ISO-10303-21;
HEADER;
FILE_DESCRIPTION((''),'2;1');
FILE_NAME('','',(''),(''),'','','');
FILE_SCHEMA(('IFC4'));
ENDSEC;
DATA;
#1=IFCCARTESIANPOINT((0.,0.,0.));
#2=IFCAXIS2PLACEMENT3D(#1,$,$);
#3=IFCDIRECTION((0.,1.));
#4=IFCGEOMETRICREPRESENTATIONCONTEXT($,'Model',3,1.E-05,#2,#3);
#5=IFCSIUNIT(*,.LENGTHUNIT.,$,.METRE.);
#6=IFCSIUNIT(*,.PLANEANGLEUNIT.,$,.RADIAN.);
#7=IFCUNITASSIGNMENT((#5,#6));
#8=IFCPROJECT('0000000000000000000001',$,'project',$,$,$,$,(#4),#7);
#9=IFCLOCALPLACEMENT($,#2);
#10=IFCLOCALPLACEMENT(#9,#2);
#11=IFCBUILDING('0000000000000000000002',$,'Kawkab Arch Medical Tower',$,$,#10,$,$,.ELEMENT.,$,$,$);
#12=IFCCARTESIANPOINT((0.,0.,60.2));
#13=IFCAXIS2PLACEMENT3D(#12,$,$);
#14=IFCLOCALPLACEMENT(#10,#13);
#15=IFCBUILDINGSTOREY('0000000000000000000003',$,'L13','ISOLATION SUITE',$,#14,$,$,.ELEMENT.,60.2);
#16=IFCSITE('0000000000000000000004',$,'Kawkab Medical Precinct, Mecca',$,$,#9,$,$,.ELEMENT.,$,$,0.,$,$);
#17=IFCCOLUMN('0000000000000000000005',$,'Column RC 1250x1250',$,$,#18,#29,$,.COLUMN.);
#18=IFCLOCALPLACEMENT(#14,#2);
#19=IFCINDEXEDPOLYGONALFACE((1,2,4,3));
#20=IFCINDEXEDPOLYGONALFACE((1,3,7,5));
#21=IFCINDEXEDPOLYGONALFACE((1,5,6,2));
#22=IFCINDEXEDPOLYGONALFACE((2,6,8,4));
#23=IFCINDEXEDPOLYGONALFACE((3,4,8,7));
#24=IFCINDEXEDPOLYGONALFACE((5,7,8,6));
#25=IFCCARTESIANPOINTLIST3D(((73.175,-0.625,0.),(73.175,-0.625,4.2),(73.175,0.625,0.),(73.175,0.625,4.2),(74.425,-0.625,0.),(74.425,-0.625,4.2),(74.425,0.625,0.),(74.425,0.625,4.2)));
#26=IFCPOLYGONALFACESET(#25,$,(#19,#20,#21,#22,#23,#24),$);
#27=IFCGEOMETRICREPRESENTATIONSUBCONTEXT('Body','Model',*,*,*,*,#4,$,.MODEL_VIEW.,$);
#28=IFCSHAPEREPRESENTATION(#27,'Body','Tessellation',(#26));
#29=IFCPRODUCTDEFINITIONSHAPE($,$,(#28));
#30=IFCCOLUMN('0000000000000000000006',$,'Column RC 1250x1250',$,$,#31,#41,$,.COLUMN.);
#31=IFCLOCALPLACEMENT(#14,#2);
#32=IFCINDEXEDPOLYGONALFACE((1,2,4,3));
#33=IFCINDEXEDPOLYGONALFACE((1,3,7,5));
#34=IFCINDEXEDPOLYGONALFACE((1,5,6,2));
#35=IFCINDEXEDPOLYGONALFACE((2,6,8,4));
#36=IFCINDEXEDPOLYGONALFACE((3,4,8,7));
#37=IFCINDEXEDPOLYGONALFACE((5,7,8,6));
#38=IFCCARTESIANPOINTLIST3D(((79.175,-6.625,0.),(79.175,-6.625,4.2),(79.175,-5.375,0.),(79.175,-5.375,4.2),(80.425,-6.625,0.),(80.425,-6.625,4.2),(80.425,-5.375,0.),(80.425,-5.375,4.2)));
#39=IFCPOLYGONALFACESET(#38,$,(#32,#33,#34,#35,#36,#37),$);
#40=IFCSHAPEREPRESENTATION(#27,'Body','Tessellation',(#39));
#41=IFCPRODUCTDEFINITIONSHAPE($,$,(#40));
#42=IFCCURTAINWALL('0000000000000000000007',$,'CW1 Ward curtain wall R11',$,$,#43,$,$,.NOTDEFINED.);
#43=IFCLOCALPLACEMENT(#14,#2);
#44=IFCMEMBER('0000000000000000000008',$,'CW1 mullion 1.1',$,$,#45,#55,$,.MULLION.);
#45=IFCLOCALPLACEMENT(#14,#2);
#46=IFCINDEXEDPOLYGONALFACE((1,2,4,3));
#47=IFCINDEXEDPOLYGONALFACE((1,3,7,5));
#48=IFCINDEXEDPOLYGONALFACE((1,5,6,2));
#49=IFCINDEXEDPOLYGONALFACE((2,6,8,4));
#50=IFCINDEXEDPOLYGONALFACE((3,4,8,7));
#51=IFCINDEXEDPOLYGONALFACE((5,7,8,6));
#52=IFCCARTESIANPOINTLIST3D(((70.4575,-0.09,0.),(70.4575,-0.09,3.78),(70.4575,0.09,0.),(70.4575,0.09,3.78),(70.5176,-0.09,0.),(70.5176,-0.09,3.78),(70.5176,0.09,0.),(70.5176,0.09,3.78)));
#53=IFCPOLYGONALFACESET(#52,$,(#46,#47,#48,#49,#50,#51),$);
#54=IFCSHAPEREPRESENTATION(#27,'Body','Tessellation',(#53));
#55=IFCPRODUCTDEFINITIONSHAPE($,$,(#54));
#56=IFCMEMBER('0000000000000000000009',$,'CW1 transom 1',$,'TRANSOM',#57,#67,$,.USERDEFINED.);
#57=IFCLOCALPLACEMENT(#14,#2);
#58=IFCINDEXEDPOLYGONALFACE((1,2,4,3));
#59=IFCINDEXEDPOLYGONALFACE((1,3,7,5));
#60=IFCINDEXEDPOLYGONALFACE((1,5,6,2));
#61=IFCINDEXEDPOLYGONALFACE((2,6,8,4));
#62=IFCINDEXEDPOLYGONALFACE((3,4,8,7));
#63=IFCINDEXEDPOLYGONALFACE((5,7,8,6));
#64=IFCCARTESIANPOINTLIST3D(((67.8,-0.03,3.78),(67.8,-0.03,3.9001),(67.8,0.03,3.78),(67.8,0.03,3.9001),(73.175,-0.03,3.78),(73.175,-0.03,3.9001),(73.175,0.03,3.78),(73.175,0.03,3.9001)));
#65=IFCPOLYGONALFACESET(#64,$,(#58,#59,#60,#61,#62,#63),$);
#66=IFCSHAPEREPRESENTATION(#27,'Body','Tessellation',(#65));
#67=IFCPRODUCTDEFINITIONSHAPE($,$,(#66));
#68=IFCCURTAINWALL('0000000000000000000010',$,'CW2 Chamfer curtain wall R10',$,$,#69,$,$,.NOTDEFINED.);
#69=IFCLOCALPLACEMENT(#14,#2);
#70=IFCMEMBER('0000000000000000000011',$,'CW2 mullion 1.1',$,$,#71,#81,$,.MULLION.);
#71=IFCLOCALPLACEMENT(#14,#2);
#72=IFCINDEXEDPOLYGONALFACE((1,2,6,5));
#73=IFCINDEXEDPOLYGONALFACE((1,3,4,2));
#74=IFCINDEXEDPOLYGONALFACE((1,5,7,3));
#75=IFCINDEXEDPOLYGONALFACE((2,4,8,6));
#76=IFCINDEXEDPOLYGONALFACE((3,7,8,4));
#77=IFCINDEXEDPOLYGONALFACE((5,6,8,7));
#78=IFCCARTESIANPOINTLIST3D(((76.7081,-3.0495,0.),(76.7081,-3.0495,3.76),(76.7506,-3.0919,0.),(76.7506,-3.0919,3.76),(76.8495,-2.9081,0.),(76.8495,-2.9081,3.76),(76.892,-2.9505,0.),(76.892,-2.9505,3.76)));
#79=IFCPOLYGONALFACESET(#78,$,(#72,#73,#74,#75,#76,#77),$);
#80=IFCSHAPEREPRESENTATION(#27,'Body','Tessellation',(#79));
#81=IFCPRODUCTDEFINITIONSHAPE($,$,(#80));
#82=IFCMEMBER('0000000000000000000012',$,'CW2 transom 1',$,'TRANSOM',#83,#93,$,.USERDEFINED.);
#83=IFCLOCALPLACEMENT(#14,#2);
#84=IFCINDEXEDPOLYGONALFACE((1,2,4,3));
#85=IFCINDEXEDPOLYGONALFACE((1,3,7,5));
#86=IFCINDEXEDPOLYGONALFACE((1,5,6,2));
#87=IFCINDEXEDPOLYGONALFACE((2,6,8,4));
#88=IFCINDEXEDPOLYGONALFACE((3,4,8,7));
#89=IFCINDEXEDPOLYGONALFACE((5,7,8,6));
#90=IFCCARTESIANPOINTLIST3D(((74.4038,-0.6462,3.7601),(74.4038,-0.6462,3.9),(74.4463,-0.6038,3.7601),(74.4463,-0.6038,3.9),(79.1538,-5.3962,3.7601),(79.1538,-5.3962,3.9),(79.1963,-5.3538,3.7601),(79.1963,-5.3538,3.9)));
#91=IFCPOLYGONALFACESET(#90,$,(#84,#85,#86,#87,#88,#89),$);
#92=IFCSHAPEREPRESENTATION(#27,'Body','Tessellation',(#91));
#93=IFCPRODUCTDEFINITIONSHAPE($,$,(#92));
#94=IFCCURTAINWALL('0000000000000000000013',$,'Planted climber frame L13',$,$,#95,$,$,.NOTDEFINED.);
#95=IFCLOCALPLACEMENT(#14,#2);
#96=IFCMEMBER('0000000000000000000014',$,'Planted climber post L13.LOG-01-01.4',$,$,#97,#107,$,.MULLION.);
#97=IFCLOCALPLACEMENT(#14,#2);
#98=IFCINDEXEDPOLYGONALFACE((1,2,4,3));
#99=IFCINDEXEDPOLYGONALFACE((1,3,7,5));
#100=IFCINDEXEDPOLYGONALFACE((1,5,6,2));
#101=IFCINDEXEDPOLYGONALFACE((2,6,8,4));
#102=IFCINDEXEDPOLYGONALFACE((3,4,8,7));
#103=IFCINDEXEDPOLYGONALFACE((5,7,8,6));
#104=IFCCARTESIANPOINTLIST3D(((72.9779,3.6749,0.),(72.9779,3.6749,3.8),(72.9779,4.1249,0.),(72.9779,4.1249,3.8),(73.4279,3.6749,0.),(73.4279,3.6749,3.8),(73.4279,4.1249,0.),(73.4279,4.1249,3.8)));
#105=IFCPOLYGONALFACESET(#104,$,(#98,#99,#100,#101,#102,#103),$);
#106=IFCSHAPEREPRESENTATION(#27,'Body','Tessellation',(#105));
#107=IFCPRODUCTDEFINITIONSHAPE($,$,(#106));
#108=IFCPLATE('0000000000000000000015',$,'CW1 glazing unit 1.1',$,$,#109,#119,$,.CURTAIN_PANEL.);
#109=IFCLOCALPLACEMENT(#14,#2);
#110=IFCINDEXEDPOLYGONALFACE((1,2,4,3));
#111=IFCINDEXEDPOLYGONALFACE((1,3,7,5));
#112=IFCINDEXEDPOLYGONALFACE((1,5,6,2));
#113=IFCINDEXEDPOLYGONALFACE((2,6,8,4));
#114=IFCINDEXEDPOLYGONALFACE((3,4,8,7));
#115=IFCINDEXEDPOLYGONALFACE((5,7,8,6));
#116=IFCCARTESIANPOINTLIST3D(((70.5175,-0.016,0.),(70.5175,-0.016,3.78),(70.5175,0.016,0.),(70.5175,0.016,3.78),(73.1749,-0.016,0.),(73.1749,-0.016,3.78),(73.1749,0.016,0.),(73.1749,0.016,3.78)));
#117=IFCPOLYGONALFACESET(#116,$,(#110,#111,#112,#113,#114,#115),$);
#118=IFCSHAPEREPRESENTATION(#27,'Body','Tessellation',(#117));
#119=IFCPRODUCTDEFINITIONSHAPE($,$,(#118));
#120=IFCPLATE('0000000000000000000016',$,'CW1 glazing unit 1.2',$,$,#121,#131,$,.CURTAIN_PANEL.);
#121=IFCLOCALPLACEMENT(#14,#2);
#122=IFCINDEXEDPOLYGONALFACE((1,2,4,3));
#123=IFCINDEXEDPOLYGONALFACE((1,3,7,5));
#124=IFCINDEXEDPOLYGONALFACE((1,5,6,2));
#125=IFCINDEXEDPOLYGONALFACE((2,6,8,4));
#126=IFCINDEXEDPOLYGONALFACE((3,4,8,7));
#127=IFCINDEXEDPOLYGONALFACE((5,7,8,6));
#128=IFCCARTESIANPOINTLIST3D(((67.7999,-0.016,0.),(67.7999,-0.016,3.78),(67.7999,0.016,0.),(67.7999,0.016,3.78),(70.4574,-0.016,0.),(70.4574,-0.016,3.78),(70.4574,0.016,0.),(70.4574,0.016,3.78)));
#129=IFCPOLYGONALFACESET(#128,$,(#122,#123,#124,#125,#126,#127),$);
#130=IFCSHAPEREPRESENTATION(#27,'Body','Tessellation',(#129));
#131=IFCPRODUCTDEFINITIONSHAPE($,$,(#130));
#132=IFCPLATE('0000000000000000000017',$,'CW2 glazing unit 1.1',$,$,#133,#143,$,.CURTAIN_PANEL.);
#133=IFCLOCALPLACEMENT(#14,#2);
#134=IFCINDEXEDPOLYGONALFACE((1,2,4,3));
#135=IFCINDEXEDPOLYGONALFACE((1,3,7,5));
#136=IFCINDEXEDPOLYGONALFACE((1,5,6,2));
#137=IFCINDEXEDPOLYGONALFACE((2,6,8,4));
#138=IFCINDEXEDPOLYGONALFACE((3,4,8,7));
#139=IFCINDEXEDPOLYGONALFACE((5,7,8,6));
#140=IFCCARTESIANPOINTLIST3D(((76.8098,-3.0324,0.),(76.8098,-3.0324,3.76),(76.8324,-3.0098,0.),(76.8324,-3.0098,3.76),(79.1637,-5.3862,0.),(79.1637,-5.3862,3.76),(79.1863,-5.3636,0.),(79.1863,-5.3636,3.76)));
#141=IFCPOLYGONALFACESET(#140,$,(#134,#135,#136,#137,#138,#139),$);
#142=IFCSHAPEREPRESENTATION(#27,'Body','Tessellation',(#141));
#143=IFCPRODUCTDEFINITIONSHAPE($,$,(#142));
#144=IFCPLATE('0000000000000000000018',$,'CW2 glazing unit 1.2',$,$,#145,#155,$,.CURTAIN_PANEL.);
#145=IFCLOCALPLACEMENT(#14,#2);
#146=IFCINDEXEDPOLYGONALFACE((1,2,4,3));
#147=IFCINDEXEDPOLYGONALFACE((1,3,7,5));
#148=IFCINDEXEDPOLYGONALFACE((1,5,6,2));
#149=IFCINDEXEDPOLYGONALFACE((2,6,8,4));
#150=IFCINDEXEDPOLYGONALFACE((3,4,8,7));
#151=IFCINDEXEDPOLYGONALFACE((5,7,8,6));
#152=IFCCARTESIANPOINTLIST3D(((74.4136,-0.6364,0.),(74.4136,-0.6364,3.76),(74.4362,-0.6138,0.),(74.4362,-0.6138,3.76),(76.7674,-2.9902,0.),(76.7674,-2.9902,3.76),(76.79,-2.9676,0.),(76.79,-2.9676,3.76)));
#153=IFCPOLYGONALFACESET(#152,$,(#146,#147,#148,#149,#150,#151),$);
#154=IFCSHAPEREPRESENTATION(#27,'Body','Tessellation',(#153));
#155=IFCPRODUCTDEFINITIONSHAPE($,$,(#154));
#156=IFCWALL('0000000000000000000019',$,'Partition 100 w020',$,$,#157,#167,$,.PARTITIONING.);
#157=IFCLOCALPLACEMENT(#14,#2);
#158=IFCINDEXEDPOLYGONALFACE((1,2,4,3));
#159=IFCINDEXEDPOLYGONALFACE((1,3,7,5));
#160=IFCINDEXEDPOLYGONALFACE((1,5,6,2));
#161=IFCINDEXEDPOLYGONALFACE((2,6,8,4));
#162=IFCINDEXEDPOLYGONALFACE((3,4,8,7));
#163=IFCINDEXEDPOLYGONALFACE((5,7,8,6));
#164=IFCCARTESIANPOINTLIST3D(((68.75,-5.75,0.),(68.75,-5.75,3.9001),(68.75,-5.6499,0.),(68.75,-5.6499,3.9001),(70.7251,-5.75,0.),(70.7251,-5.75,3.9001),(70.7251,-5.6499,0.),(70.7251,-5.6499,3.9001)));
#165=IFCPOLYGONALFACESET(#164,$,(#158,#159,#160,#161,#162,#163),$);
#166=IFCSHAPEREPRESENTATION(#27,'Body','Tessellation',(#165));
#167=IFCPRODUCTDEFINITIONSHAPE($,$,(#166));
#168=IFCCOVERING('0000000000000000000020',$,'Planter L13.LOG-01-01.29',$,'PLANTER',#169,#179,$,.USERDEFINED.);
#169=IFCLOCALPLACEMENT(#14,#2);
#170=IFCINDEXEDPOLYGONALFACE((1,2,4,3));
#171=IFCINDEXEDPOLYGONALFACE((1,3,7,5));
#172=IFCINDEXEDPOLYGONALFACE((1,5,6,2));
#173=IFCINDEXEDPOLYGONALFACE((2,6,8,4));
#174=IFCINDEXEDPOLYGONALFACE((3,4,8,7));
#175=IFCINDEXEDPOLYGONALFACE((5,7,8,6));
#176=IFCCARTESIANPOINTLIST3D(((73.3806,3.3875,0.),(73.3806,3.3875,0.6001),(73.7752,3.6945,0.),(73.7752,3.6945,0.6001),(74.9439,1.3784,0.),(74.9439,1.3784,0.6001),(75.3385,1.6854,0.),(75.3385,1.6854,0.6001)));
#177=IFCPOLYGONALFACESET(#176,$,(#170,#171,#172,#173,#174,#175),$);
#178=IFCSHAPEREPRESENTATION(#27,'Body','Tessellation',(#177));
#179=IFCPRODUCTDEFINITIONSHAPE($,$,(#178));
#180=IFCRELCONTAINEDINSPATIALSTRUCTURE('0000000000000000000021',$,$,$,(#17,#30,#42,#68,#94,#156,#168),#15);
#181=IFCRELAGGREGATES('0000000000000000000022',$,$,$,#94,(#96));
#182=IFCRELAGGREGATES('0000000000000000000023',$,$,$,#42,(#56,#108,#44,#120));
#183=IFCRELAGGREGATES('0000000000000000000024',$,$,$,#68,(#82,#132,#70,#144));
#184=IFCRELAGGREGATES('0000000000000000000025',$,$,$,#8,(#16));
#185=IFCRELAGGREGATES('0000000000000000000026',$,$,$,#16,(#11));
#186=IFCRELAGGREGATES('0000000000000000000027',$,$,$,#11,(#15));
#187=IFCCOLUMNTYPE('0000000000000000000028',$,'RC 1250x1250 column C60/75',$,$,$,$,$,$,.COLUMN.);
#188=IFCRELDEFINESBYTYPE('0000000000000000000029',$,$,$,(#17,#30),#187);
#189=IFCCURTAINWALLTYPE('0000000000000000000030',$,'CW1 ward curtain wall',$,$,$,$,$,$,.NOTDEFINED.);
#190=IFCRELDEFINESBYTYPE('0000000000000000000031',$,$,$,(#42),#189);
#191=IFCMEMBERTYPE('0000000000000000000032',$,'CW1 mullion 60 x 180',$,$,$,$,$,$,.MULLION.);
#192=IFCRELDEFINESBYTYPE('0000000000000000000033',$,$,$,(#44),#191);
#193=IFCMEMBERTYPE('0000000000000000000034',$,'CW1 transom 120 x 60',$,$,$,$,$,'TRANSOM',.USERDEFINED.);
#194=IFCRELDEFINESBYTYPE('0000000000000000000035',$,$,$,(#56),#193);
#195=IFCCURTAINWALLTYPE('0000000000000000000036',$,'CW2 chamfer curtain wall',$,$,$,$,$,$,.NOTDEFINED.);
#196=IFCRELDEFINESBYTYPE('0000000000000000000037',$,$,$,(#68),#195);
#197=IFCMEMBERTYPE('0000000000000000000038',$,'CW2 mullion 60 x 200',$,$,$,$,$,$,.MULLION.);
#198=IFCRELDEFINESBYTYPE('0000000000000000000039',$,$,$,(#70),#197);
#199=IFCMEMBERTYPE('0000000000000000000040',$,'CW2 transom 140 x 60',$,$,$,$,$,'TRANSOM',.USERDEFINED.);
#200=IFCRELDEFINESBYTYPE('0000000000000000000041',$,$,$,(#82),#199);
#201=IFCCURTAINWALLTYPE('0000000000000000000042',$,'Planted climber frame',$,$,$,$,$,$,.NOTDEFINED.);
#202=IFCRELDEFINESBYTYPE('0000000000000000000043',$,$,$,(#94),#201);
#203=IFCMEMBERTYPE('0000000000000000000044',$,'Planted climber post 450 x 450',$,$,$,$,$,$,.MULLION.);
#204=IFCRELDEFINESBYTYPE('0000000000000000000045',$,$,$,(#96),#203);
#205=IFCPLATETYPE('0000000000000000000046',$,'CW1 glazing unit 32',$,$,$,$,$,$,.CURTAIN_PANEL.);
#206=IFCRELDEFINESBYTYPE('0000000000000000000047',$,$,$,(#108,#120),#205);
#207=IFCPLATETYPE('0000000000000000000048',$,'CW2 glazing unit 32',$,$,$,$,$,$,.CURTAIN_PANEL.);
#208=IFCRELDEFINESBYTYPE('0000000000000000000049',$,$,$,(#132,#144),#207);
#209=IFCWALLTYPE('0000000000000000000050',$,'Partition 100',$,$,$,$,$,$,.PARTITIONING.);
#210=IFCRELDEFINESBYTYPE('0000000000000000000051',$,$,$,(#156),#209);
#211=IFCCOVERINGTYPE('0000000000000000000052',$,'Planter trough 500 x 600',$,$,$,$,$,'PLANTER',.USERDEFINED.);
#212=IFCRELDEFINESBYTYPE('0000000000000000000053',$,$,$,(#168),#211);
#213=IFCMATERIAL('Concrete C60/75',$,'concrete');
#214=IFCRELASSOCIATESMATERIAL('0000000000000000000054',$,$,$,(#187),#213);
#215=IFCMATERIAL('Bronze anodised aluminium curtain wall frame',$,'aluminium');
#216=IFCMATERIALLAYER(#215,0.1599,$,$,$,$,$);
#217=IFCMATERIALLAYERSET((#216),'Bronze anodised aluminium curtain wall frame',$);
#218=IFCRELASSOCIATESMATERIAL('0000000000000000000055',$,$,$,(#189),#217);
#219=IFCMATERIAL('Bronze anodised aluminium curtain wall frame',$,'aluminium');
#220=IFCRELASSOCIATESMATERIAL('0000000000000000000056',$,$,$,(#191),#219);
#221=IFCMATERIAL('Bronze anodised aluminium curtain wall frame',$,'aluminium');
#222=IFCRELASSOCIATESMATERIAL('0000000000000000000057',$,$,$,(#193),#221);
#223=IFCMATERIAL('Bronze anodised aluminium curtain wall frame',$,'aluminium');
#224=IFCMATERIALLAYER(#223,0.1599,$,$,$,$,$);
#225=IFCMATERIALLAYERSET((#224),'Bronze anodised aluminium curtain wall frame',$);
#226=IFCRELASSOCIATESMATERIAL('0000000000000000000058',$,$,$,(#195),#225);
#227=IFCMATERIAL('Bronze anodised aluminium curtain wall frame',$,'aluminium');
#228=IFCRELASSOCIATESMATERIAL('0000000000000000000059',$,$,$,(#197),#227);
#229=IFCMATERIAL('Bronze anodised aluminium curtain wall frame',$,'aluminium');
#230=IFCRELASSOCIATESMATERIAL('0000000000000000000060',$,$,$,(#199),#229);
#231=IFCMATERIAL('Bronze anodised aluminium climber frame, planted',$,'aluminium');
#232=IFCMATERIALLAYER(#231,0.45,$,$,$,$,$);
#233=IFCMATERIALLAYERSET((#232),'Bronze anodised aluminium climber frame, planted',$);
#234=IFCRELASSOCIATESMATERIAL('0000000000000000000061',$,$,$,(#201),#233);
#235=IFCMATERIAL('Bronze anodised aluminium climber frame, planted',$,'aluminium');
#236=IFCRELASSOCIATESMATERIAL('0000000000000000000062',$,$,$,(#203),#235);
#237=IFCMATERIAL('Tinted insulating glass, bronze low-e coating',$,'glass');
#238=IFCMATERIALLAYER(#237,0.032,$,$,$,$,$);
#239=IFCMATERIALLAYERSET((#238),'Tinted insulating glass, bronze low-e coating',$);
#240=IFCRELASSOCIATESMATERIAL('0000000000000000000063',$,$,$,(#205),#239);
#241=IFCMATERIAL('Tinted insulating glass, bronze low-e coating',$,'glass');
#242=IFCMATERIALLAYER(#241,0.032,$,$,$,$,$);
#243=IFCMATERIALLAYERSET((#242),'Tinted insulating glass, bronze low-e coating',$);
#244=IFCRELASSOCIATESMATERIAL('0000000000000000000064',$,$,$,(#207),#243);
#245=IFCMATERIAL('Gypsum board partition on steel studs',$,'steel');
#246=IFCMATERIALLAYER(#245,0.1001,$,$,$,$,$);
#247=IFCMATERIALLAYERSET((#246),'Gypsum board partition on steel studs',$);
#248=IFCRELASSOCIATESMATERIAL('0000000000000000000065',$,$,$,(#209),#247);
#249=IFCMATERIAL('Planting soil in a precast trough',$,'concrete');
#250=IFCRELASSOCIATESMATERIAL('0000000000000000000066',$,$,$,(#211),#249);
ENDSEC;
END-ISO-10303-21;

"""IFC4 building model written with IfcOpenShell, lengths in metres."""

from ifc_helpers import new_model, si_unit, direction, frame, frame_2d, origin, origin_2d, place, context, subcontext, project, spatial, rectangle, extrude, material, layer, layer_set, material_profile, profile_set, type_object, element, aggregate, save


model = new_model("IFC4")

# Units and contexts
model_context = context("Model", 3, precision=1e-05, world=origin(), true_north=direction((0.0, 1.0)))
body_context = subcontext(model_context, "Body", "Model", "MODEL_VIEW")
ifc_project = project(units=[si_unit("LENGTHUNIT", "METRE"), si_unit("PLANEANGLEUNIT", "RADIAN")], contexts=[model_context])

# Site, building, storey
site_placement = place(None, origin())
site = spatial("IfcSite", under=ifc_project, at=site_placement, Name="Kawkab Medical Precinct, Mecca", CompositionType="ELEMENT", RefElevation=0.0)
building_placement = place(site_placement, origin())
building = spatial("IfcBuilding", under=site, at=building_placement, Name="Kawkab Arch Medical Tower", CompositionType="ELEMENT")
storey_placement = place(building_placement, frame((0.0, 0.0, 60.2)))
storey = spatial("IfcBuildingStorey", under=building, at=storey_placement, Name="L13", Description="ISOLATION SUITE", CompositionType="ELEMENT", Elevation=60.2)

# Columns
ifc_material_1 = material(Name="Concrete C60/75", Category="concrete")
ifc_material_profile_1 = material_profile(ifc_material_1, rectangle(XDim=1.25, YDim=1.25, at=origin_2d()), Name="RC 1250x1250")
ifc_profile_set_1 = profile_set([ifc_material_profile_1], Name="Concrete C60/75")
column_type = type_object("IfcColumnType", Name="RC 1250x1250 column C60/75", PredefinedType="COLUMN", material=ifc_profile_set_1)
for number, where, z_axis, x_axis, name in (
    (1, (73.8, 0.0, 0.0), (0.0, 0.0, 1.0), (1.0, 0.0, 0.0), "Column RC 1250x1250"),
    (2, (79.8, -6.0, 0.0), (0.0, 0.0, 1.0), (1.0, 0.0, 0.0), "Column RC 1250x1250"),
):
    element("IfcColumn", number, at=place(storey_placement, frame(where, z_axis=z_axis, x_axis=x_axis)), inside=storey, type_object=column_type, Name=name, PredefinedType="COLUMN", context=body_context, shape_type="SweptSolid", body=[
        extrude(rectangle(XDim=1.25, YDim=1.25, at=origin_2d()), origin(), (0.0, 0.0, 1.0), 4.2),
    ])

# Curtain walls, members
ifc_material_2 = material(Name="Bronze anodised aluminium curtain wall frame", Category="aluminium")
ifc_layer_1 = layer(ifc_material_2, 0.1599)
ifc_layer_set_1 = layer_set([ifc_layer_1], Name="Bronze anodised aluminium curtain wall frame")
curtain_wall_type_1 = type_object("IfcCurtainWallType", Name="CW1 ward curtain wall", PredefinedType="NOTDEFINED", material=ifc_layer_set_1)
placement = place(storey_placement, origin())
curtain_wall_1 = element("IfcCurtainWall", 3, at=placement, inside=storey, type_object=curtain_wall_type_1, Name="CW1 Ward curtain wall R11", PredefinedType="NOTDEFINED")
ifc_material_3 = material(Name="Bronze anodised aluminium curtain wall frame", Category="aluminium")
ifc_material_profile_2 = material_profile(ifc_material_3, rectangle(XDim=0.1799, YDim=0.0601, at=origin_2d()), Name="AL 60x180")
ifc_profile_set_2 = profile_set([ifc_material_profile_2], Name="Bronze anodised aluminium curtain wall frame")
member_type_1 = type_object("IfcMemberType", Name="CW1 mullion 60 x 180", PredefinedType="MULLION", material=ifc_profile_set_2)
member_1_placement = place(storey_placement, frame((70.4875, 0.0, 0.0), z_axis=(0.0, 0.0, 1.0), x_axis=(0.0, -1.0, 0.0)))
member_1 = element("IfcMember", 4, at=member_1_placement, type_object=member_type_1, Name="CW1 mullion 1.1", PredefinedType="MULLION", context=body_context, shape_type="SweptSolid", body=[
    extrude(rectangle(XDim=0.1799, YDim=0.0601, at=origin_2d()), origin(), (0.0, 0.0, 1.0), 3.78),
])
ifc_material_4 = material(Name="Bronze anodised aluminium curtain wall frame", Category="aluminium")
ifc_material_profile_3 = material_profile(ifc_material_4, rectangle(XDim=0.0601, YDim=0.1201, at=origin_2d()), Name="AL 60x120")
ifc_profile_set_3 = profile_set([ifc_material_profile_3], Name="Bronze anodised aluminium curtain wall frame")
member_type_2 = type_object("IfcMemberType", Name="CW1 transom 120 x 60", ElementType="TRANSOM", PredefinedType="USERDEFINED", material=ifc_profile_set_3)
member_2_placement = place(storey_placement, frame((73.175, 0.0, 3.8401), z_axis=(-1.0, 0.0, 0.0), x_axis=(0.0, -1.0, 0.0)))
member_2 = element("IfcMember", 5, at=member_2_placement, type_object=member_type_2, Name="CW1 transom 1", ObjectType="TRANSOM", PredefinedType="USERDEFINED", context=body_context, shape_type="SweptSolid", body=[
    extrude(rectangle(XDim=0.0601, YDim=0.1201, at=origin_2d()), origin(), (0.0, 0.0, 1.0), 5.375),
])
ifc_material_5 = material(Name="Bronze anodised aluminium curtain wall frame", Category="aluminium")
ifc_layer_2 = layer(ifc_material_5, 0.1599)
ifc_layer_set_2 = layer_set([ifc_layer_2], Name="Bronze anodised aluminium curtain wall frame")
curtain_wall_type_2 = type_object("IfcCurtainWallType", Name="CW2 chamfer curtain wall", PredefinedType="NOTDEFINED", material=ifc_layer_set_2)
curtain_wall_2 = element("IfcCurtainWall", 6, at=placement, inside=storey, type_object=curtain_wall_type_2, Name="CW2 Chamfer curtain wall R10", PredefinedType="NOTDEFINED")
ifc_material_6 = material(Name="Bronze anodised aluminium curtain wall frame", Category="aluminium")
ifc_material_profile_4 = material_profile(ifc_material_6, rectangle(XDim=0.2, YDim=0.0601, at=origin_2d()), Name="AL 60x200")
ifc_profile_set_4 = profile_set([ifc_material_profile_4], Name="Bronze anodised aluminium curtain wall frame")
member_type_3 = type_object("IfcMemberType", Name="CW2 mullion 60 x 200", PredefinedType="MULLION", material=ifc_profile_set_4)
member_3_placement = place(storey_placement, frame((76.8, -3.0, 0.0), z_axis=(0.0, 0.0, 1.0), x_axis=(-0.707107, -0.707107, 0.0)))
member_3 = element("IfcMember", 7, at=member_3_placement, type_object=member_type_3, Name="CW2 mullion 1.1", PredefinedType="MULLION", context=body_context, shape_type="SweptSolid", body=[
    extrude(rectangle(XDim=0.2, YDim=0.0601, at=origin_2d()), origin(), (0.0, 0.0, 1.0), 3.76),
])
ifc_material_7 = material(Name="Bronze anodised aluminium curtain wall frame", Category="aluminium")
ifc_material_profile_5 = material_profile(ifc_material_7, rectangle(XDim=0.0601, YDim=0.1399, at=origin_2d()), Name="AL 60x140")
ifc_profile_set_5 = profile_set([ifc_material_profile_5], Name="Bronze anodised aluminium curtain wall frame")
member_type_4 = type_object("IfcMemberType", Name="CW2 transom 140 x 60", ElementType="TRANSOM", PredefinedType="USERDEFINED", material=ifc_profile_set_5)
member_4_placement = place(storey_placement, frame((79.175, -5.375, 3.8301), z_axis=(-0.707107, 0.707107, 0.0), x_axis=(-0.707107, -0.707107, 0.0)))
member_4 = element("IfcMember", 8, at=member_4_placement, type_object=member_type_4, Name="CW2 transom 1", ObjectType="TRANSOM", PredefinedType="USERDEFINED", context=body_context, shape_type="SweptSolid", body=[
    extrude(rectangle(XDim=0.0601, YDim=0.1399, at=origin_2d()), origin(), (0.0, 0.0, 1.0), 6.7175),
])

# Curtain wall, member
ifc_material_8 = material(Name="Bronze anodised aluminium climber frame, planted", Category="aluminium")
ifc_layer_3 = layer(ifc_material_8, 0.45)
ifc_layer_set_3 = layer_set([ifc_layer_3], Name="Bronze anodised aluminium climber frame, planted")
curtain_wall_type_3 = type_object("IfcCurtainWallType", Name="Planted climber frame", PredefinedType="NOTDEFINED", material=ifc_layer_set_3)
curtain_wall_3 = element("IfcCurtainWall", 9, at=placement, inside=storey, type_object=curtain_wall_type_3, Name="Planted climber frame L13", PredefinedType="NOTDEFINED")
ifc_material_9 = material(Name="Bronze anodised aluminium climber frame, planted", Category="aluminium")
ifc_material_profile_6 = material_profile(ifc_material_9, rectangle(XDim=0.45, YDim=0.45, at=origin_2d()), Name="Post 450x450")
ifc_profile_set_6 = profile_set([ifc_material_profile_6], Name="Bronze anodised aluminium climber frame, planted")
member_type_5 = type_object("IfcMemberType", Name="Planted climber post 450 x 450", PredefinedType="MULLION", material=ifc_profile_set_6)
member_5_placement = place(storey_placement, frame((73.2029, 3.8999, 0.0), z_axis=(0.0, 0.0, 1.0), x_axis=(1.0, 0.0, 0.0)))
member_5 = element("IfcMember", 10, at=member_5_placement, type_object=member_type_5, Name="Planted climber post L13.LOG-01-01.4", PredefinedType="MULLION", context=body_context, shape_type="SweptSolid", body=[
    extrude(rectangle(XDim=0.45, YDim=0.45, at=origin_2d()), origin(), (0.0, 0.0, 1.0), 3.8),
])
aggregate(curtain_wall_3, [member_5])

# Plates
ifc_material_10 = material(Name="Tinted insulating glass, bronze low-e coating", Category="glass")
ifc_layer_4 = layer(ifc_material_10, 0.032)
ifc_layer_set_4 = layer_set([ifc_layer_4], Name="Tinted insulating glass, bronze low-e coating")
plate_type_1 = type_object("IfcPlateType", Name="CW1 glazing unit 32", PredefinedType="CURTAIN_PANEL", material=ifc_layer_set_4)
plate_1_placement = place(storey_placement, frame((71.8462, 0.0, 0.0), z_axis=(0.0, 0.0, 1.0), x_axis=(-1.0, 0.0, 0.0)))
plate_1 = element("IfcPlate", 11, at=plate_1_placement, type_object=plate_type_1, Name="CW1 glazing unit 1.1", PredefinedType="CURTAIN_PANEL", context=body_context, shape_type="SweptSolid", body=[
    extrude(rectangle(XDim=2.6575, YDim=0.032, at=origin_2d()), origin(), (0.0, 0.0, 1.0), 3.78),
])
plate_2_placement = place(storey_placement, frame((69.1287, 0.0, 0.0), z_axis=(0.0, 0.0, 1.0), x_axis=(-1.0, 0.0, 0.0)))
plate_2 = element("IfcPlate", 12, at=plate_2_placement, type_object=plate_type_1, Name="CW1 glazing unit 1.2", PredefinedType="CURTAIN_PANEL", context=body_context, shape_type="SweptSolid", body=[
    extrude(rectangle(XDim=2.6575, YDim=0.032, at=origin_2d()), origin(), (0.0, 0.0, 1.0), 3.78),
])
aggregate(curtain_wall_1, [member_2, plate_1, member_1, plate_2])
ifc_material_11 = material(Name="Tinted insulating glass, bronze low-e coating", Category="glass")
ifc_layer_5 = layer(ifc_material_11, 0.032)
ifc_layer_set_5 = layer_set([ifc_layer_5], Name="Tinted insulating glass, bronze low-e coating")
plate_type_2 = type_object("IfcPlateType", Name="CW2 glazing unit 32", PredefinedType="CURTAIN_PANEL", material=ifc_layer_set_5)
plate_3_placement = place(storey_placement, frame((77.998, -4.198, 0.0), z_axis=(0.0, 0.0, 1.0), x_axis=(-0.707107, 0.707107, 0.0)))
plate_3 = element("IfcPlate", 13, at=plate_3_placement, type_object=plate_type_2, Name="CW2 glazing unit 1.1", PredefinedType="CURTAIN_PANEL", context=body_context, shape_type="SweptSolid", body=[
    extrude(rectangle(XDim=3.3289, YDim=0.032, at=origin_2d()), origin(), (0.0, 0.0, 1.0), 3.76),
])
plate_4_placement = place(storey_placement, frame((75.6018, -1.802, 0.0), z_axis=(0.0, 0.0, 1.0), x_axis=(-0.707107, 0.707107, 0.0)))
plate_4 = element("IfcPlate", 14, at=plate_4_placement, type_object=plate_type_2, Name="CW2 glazing unit 1.2", PredefinedType="CURTAIN_PANEL", context=body_context, shape_type="SweptSolid", body=[
    extrude(rectangle(XDim=3.3289, YDim=0.032, at=origin_2d()), origin(), (0.0, 0.0, 1.0), 3.76),
])
aggregate(curtain_wall_2, [member_4, plate_3, member_3, plate_4])

# Wall
ifc_material_12 = material(Name="Gypsum board partition on steel studs", Category="steel")
ifc_layer_6 = layer(ifc_material_12, 0.1001)
ifc_layer_set_6 = layer_set([ifc_layer_6], Name="Gypsum board partition on steel studs")
wall_type = type_object("IfcWallType", Name="Partition 100", PredefinedType="PARTITIONING", material=ifc_layer_set_6)
wall_placement = place(storey_placement, frame((68.75, -5.7, 0.0), z_axis=(0.0, 0.0, 1.0), x_axis=(1.0, 0.0, 0.0)))
element("IfcWall", 15, at=wall_placement, inside=storey, type_object=wall_type, Name="Partition 100 w020", PredefinedType="PARTITIONING", context=body_context, shape_type="SweptSolid", body=[
    extrude(rectangle(XDim=1.9751, YDim=0.1001, at=frame_2d((0.9875, 0.0))), origin(), (0.0, 0.0, 1.0), 3.9001),
])

# Covering
ifc_material_13 = material(Name="Planting soil in a precast trough", Category="concrete")
ifc_material_profile_7 = material_profile(ifc_material_13, rectangle(XDim=0.5, YDim=0.6001, at=origin_2d()), Name="Trough 500x600")
ifc_profile_set_7 = profile_set([ifc_material_profile_7], Name="Planting soil in a precast trough")
covering_type = type_object("IfcCoveringType", Name="Planter trough 500 x 600", ElementType="PLANTER", PredefinedType="USERDEFINED", material=ifc_profile_set_7)
covering_1_placement = place(storey_placement, frame((73.5779, 3.541, 0.3), z_axis=(0.6141, -0.789228, 0.0), x_axis=(0.789228, 0.6141, 0.0)))
element("IfcCovering", 16, at=covering_1_placement, inside=storey, type_object=covering_type, Name="Planter L13.LOG-01-01.29", ObjectType="PLANTER", PredefinedType="USERDEFINED", context=body_context, shape_type="SweptSolid", body=[
    extrude(rectangle(XDim=0.5, YDim=0.6001, at=origin_2d()), origin(), (0.0, 0.0, 1.0), 2.5457),
])

save(model, "model.ifc")
